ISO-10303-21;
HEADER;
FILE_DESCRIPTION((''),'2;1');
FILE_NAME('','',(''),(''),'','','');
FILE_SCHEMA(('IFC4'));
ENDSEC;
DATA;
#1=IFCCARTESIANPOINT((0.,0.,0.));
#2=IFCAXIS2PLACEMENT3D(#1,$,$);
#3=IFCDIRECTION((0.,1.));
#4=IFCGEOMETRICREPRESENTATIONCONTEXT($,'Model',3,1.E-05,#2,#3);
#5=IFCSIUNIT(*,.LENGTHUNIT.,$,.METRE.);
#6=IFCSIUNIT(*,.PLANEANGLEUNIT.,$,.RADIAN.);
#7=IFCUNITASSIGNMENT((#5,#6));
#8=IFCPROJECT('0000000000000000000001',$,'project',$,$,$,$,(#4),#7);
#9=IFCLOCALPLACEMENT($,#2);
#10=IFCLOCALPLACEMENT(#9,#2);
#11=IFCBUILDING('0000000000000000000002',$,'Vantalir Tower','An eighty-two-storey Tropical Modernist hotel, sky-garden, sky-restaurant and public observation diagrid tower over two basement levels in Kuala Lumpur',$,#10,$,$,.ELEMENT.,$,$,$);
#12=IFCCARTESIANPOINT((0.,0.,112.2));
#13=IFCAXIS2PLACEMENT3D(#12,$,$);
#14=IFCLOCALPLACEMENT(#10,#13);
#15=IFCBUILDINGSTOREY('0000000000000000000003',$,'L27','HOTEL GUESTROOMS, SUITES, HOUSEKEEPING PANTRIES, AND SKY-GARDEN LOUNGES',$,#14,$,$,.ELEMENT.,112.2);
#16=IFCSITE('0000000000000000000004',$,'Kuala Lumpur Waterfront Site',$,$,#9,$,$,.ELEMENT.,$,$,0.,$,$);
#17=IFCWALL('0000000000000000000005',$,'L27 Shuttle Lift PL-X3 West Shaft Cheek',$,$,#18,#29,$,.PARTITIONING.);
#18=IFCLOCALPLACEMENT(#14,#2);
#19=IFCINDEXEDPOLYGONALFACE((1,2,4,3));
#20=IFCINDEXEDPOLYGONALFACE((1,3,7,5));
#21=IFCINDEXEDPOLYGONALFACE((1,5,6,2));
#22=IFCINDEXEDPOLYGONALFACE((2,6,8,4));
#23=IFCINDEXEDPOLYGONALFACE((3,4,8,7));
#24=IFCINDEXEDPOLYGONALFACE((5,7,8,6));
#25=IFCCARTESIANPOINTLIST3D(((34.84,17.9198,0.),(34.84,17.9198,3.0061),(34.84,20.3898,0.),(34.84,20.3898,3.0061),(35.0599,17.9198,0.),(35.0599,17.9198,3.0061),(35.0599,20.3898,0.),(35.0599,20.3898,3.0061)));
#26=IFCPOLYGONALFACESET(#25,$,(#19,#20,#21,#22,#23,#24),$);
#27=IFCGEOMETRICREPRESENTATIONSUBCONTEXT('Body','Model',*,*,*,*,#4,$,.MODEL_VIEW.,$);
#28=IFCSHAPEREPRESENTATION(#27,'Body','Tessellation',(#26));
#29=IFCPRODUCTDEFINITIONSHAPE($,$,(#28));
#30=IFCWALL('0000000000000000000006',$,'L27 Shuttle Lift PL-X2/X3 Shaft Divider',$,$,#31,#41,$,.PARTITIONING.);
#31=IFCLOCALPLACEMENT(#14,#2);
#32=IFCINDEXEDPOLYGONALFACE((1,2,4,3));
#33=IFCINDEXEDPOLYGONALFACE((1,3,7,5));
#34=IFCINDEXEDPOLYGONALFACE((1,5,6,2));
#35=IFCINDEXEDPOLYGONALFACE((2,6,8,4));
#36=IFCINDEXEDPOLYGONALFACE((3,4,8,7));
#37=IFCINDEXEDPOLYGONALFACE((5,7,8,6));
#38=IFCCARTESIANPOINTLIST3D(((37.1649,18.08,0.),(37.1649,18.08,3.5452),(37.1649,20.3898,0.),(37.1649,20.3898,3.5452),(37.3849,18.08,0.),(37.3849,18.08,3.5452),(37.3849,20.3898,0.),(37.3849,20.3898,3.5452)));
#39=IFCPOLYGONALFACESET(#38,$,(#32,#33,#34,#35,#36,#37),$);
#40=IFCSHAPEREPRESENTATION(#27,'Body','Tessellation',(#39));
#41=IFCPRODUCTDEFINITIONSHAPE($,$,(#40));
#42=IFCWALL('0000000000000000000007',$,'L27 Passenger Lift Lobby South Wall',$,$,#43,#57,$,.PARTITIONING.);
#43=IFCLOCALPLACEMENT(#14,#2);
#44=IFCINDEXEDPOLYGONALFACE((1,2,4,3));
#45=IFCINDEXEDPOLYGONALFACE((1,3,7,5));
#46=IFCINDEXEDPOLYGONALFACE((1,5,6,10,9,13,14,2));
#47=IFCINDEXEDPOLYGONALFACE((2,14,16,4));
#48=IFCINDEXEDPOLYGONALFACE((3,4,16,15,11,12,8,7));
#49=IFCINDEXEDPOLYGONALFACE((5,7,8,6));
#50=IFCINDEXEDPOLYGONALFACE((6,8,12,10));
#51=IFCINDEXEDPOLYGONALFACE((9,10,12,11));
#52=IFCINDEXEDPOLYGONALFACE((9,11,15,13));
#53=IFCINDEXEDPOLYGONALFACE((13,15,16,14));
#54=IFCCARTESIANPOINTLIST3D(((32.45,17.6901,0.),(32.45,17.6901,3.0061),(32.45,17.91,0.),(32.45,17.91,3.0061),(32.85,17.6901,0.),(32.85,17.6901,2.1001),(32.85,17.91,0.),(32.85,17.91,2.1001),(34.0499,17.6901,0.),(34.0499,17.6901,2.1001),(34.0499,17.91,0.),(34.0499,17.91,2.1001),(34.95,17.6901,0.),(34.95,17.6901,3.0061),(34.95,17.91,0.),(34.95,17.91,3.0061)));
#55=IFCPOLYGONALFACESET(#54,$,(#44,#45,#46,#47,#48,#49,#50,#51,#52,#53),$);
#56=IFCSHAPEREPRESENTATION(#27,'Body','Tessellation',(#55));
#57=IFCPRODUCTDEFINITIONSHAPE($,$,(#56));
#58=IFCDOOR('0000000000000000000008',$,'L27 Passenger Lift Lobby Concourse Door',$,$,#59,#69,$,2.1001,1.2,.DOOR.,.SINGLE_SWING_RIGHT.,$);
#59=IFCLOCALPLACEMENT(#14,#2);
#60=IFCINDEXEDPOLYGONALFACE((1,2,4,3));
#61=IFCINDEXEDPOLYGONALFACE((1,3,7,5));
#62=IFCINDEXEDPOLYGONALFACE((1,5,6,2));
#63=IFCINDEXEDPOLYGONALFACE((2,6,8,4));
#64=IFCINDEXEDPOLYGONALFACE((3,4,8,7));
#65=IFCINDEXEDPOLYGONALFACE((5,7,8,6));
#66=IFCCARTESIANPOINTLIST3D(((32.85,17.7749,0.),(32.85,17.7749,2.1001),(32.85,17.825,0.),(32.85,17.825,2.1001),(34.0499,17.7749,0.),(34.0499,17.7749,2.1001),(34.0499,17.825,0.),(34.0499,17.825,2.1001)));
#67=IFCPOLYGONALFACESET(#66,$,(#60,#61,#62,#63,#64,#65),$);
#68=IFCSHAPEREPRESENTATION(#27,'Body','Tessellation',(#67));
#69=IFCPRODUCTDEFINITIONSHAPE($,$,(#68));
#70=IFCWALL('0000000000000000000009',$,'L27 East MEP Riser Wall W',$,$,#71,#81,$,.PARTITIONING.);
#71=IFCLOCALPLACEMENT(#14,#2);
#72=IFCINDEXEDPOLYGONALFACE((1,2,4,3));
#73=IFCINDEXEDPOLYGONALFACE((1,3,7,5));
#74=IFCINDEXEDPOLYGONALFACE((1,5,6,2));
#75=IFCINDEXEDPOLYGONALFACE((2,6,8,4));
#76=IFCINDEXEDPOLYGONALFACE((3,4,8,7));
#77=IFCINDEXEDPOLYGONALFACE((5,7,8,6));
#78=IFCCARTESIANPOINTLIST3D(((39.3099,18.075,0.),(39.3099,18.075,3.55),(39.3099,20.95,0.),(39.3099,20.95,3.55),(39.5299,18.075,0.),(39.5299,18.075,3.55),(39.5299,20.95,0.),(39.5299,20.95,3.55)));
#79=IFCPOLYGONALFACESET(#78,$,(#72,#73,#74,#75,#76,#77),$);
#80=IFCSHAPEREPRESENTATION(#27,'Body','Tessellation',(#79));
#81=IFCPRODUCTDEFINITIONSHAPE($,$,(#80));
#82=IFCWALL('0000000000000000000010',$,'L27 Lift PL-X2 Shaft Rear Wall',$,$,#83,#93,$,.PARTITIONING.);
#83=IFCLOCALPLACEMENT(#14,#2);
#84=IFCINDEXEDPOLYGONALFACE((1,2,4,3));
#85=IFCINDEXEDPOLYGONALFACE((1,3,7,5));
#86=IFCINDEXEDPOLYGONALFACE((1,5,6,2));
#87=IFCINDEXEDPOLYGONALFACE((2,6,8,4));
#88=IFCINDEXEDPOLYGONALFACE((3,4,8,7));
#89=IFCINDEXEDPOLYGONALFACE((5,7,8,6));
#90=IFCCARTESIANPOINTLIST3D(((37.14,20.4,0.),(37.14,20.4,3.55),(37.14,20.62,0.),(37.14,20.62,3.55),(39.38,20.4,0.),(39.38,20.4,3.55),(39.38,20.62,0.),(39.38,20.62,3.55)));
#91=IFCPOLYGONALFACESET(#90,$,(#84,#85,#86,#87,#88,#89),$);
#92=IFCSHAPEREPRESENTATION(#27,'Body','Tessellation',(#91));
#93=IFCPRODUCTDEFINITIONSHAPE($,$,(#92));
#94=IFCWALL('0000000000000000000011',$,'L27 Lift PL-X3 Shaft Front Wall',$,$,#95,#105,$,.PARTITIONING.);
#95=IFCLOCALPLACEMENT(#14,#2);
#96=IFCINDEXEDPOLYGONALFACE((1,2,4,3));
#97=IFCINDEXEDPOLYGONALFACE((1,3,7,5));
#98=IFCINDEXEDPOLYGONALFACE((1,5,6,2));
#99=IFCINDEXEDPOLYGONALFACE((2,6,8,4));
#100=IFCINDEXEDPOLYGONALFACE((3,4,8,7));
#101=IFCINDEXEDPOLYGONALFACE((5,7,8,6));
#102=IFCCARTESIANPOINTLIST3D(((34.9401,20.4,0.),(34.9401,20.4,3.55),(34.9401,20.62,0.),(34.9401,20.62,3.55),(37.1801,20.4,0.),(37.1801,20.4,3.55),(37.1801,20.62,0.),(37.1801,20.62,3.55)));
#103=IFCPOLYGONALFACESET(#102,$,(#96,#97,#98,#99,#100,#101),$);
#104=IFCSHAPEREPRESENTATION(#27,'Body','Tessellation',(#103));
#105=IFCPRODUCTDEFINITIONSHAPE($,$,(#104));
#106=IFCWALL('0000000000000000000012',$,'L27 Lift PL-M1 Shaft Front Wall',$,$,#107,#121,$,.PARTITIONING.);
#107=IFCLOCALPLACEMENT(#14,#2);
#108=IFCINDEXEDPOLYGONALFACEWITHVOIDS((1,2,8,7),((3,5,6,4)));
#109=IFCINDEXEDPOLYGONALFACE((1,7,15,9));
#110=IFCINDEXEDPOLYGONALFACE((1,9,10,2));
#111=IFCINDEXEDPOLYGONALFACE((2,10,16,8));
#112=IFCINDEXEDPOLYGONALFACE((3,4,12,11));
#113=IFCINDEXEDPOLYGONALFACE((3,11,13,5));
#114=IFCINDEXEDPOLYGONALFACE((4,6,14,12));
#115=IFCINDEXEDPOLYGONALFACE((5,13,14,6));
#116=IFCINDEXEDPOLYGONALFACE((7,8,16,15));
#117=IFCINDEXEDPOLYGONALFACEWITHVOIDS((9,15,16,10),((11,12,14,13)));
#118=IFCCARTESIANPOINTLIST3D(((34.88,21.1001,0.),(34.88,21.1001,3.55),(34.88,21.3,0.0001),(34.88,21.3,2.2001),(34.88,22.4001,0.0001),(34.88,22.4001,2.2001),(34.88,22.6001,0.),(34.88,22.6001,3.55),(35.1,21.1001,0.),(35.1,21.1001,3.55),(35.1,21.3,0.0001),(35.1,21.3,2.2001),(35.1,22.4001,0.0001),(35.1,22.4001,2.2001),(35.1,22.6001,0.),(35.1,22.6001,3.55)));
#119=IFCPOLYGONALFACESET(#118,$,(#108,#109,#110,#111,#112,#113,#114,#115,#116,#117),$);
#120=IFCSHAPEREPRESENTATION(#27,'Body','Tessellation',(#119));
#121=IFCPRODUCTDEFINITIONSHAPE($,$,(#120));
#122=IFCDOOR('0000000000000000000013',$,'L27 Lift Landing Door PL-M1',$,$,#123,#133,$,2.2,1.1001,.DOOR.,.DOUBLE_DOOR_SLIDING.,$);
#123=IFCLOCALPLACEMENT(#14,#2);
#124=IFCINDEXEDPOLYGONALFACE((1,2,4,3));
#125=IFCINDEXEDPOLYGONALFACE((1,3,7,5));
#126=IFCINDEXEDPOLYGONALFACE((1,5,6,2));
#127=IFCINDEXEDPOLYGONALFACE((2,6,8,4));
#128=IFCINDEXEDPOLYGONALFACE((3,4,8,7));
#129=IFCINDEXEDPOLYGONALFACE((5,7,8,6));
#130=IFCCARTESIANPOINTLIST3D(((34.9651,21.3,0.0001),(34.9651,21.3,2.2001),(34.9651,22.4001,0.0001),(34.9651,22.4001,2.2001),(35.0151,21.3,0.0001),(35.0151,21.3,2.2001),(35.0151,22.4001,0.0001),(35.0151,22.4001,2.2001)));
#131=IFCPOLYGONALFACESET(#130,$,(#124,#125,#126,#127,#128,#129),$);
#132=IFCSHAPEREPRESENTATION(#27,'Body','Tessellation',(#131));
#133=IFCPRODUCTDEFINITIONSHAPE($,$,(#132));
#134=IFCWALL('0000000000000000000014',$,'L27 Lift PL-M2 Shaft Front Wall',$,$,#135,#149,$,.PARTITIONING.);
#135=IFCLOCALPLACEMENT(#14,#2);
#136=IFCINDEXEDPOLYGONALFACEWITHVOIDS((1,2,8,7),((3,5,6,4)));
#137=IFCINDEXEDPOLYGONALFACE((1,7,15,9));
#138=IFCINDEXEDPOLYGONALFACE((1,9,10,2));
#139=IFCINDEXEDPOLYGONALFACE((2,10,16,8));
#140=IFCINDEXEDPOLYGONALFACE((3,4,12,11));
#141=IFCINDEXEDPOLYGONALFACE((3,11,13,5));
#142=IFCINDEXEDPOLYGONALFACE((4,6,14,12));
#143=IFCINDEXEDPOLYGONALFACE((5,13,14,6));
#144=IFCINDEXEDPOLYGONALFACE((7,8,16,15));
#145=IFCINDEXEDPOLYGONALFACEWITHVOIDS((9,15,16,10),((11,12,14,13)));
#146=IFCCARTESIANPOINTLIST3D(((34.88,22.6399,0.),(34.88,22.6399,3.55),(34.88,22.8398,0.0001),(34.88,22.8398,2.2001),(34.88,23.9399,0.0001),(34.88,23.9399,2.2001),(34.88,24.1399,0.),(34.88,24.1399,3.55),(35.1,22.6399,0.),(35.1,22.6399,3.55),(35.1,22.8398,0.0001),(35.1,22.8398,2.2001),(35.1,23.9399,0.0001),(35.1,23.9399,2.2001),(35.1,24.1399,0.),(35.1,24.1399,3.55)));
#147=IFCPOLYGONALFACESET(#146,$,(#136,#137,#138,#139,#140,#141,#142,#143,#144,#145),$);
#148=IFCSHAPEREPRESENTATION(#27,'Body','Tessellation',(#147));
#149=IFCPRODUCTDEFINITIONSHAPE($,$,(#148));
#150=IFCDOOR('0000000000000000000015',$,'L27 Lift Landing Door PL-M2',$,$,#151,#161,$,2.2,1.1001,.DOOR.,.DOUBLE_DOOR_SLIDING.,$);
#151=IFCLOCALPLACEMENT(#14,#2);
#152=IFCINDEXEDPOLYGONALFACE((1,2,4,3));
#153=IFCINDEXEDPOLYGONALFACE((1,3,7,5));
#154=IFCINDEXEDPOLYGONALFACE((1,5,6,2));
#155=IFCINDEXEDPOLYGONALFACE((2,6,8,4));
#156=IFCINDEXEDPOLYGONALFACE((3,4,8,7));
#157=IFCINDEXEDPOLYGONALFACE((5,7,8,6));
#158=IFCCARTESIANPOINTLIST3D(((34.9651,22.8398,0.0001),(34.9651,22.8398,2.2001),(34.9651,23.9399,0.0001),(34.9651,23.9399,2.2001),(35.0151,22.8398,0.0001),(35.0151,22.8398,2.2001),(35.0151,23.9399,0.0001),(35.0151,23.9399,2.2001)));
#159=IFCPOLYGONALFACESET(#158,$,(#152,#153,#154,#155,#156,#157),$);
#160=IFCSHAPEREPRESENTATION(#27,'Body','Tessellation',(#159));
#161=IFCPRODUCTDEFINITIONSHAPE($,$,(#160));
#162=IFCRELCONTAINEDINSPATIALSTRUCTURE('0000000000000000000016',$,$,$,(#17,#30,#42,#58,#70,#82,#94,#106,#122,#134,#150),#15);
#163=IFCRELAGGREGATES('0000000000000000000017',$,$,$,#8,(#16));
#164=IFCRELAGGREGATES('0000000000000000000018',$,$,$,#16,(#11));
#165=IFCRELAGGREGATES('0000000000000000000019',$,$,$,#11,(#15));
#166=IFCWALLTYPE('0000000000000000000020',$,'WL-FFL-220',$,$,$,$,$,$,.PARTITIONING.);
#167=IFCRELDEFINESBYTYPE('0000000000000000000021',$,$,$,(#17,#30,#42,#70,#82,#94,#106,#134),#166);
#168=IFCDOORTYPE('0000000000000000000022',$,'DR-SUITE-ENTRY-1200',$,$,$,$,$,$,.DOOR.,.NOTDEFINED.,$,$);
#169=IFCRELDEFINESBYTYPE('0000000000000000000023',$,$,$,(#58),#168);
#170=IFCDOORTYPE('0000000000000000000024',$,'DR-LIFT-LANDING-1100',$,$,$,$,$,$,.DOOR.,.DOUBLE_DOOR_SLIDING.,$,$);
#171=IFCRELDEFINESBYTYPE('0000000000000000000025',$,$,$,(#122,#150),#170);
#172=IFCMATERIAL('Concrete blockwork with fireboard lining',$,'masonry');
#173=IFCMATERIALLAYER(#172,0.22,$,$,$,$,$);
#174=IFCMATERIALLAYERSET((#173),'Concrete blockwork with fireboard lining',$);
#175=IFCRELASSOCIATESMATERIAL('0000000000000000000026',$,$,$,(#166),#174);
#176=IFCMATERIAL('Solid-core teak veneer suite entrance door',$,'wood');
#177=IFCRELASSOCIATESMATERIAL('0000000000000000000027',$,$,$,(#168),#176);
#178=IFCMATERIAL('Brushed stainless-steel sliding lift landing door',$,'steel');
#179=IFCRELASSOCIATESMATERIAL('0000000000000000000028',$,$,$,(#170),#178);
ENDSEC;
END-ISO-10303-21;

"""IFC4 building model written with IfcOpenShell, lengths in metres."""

from ifc_helpers import new_model, si_unit, direction, frame, frame_2d, origin, place, context, subcontext, project, spatial, rectangle, extrude, material, layer, layer_set, type_object, element, fill, save


model = new_model("IFC4")

# Units and contexts
model_context = context("Model", 3, precision=1e-05, world=origin(), true_north=direction((0.0, 1.0)))
body_context = subcontext(model_context, "Body", "Model", "MODEL_VIEW")
ifc_project = project(units=[si_unit("LENGTHUNIT", "METRE"), si_unit("PLANEANGLEUNIT", "RADIAN")], contexts=[model_context])

# Site, building, storey
site_placement = place(None, origin())
site = spatial("IfcSite", under=ifc_project, at=site_placement, Name="Kuala Lumpur Waterfront Site", CompositionType="ELEMENT", RefElevation=0.0)
building_placement = place(site_placement, origin())
building = spatial("IfcBuilding", under=site, at=building_placement, Name="Vantalir Tower", Description="An eighty-two-storey Tropical Modernist hotel, sky-garden, sky-restaurant and public observation diagrid tower over two basement levels in Kuala Lumpur", CompositionType="ELEMENT")
storey_placement = place(building_placement, frame((0.0, 0.0, 112.2)))
storey = spatial("IfcBuildingStorey", under=building, at=storey_placement, Name="L27", Description="HOTEL GUESTROOMS, SUITES, HOUSEKEEPING PANTRIES, AND SKY-GARDEN LOUNGES", CompositionType="ELEMENT", Elevation=112.2)

# Walls
ifc_material_1 = material(Name="Concrete blockwork with fireboard lining", Category="masonry")
ifc_layer_1 = layer(ifc_material_1, 0.22)
ifc_layer_set_1 = layer_set([ifc_layer_1], Name="Concrete blockwork with fireboard lining")
wall_type_1 = type_object("IfcWallType", Name="WL-FFL-220", PredefinedType="PARTITIONING", material=ifc_layer_set_1)
for number, where, z_axis, x_axis, name in (
    (1, (34.95, 17.9199, 0.0), (0.0, 0.0, 1.0), (0.0, 1.0, 0.0), "L27 Shuttle Lift PL-X3 West Shaft Cheek"),
):
    element("IfcWall", number, at=place(storey_placement, frame(where, z_axis=z_axis, x_axis=x_axis)), inside=storey, type_object=wall_type_1, Name=name, PredefinedType="PARTITIONING", context=body_context, shape_type="SweptSolid", body=[
        extrude(rectangle(XDim=2.47, YDim=0.22, at=frame_2d((1.2349, 0.0))), origin(), (0.0, 0.0, 1.0), 3.0061),
    ])
wall_1_placement = place(storey_placement, frame((37.2749, 18.0801, 0.0), z_axis=(0.0, 0.0, 1.0), x_axis=(0.0, 1.0, 0.0)))
element("IfcWall", 2, at=wall_1_placement, inside=storey, type_object=wall_type_1, Name="L27 Shuttle Lift PL-X2/X3 Shaft Divider", PredefinedType="PARTITIONING", context=body_context, shape_type="SweptSolid", body=[
    extrude(rectangle(XDim=2.3098, YDim=0.22, at=frame_2d((1.1548, 0.0))), origin(), (0.0, 0.0, 1.0), 3.5452),
])

# Wall, opening, door
wall_2_placement = place(storey_placement, frame((32.45, 17.8, 0.0), z_axis=(0.0, 0.0, 1.0), x_axis=(1.0, 0.0, 0.0)))
wall_2 = element("IfcWall", 3, at=wall_2_placement, inside=storey, type_object=wall_type_1, Name="L27 Passenger Lift Lobby South Wall", PredefinedType="PARTITIONING", context=body_context, shape_type="SweptSolid", body=[
    extrude(rectangle(XDim=2.5, YDim=0.22, at=frame_2d((1.25, 0.0))), origin(), (0.0, 0.0, 1.0), 3.0061),
])
opening_1_placement = place(wall_2_placement, frame((0.3999, 0.0, 0.0)))
opening_1 = element("IfcOpeningElement", 4, at=opening_1_placement, cuts=wall_2, PredefinedType="OPENING", context=body_context, shape_type="SweptSolid", body=[
    extrude(rectangle(XDim=1.2, YDim=2.1001, at=frame_2d((0.6001, 1.05))), frame((0.0, 0.1199, 0.0), z_axis=(0.0, -1.0, 0.0), x_axis=(1.0, 0.0, 0.0)), (0.0, 0.0, 1.0), 0.24),
])
ifc_material_2 = material(Name="Solid-core teak veneer suite entrance door", Category="wood")
door_type_1 = type_object("IfcDoorType", Name="DR-SUITE-ENTRY-1200", OperationType="NOTDEFINED", PredefinedType="DOOR", material=ifc_material_2)
door_1_placement = place(opening_1_placement, origin())
door_1 = element("IfcDoor", 5, at=door_1_placement, inside=storey, type_object=door_type_1, Name="L27 Passenger Lift Lobby Concourse Door", OperationType="SINGLE_SWING_RIGHT", OverallHeight=2.1001, OverallWidth=1.2, PredefinedType="DOOR", context=body_context, shape_type="SweptSolid", body=[
    extrude(rectangle(XDim=1.2, YDim=2.1001, at=frame_2d((0.6001, 1.05))), frame((0.0, 0.0249, 0.0), z_axis=(0.0, -1.0, 0.0), x_axis=(1.0, 0.0, 0.0)), (0.0, 0.0, 1.0), 0.05),
])
fill(opening_1, door_1)

# Walls
wall_3_placement = place(storey_placement, frame((39.4199, 18.075, 0.0), z_axis=(0.0, 0.0, 1.0), x_axis=(0.0, 1.0, 0.0)))
element("IfcWall", 6, at=wall_3_placement, inside=storey, type_object=wall_type_1, Name="L27 East MEP Riser Wall W", PredefinedType="PARTITIONING", context=body_context, shape_type="SweptSolid", body=[
    extrude(rectangle(XDim=2.875, YDim=0.22, at=frame_2d((1.4375, 0.0))), origin(), (0.0, 0.0, 1.0), 3.55),
])
for number, where, z_axis, x_axis, name in (
    (7, (37.1399, 20.51, 0.0), (0.0, 0.0, 1.0), (1.0, 0.0, 0.0), "L27 Lift PL-X2 Shaft Rear Wall"),
    (8, (34.9399, 20.51, 0.0), (0.0, 0.0, 1.0), (1.0, 0.0, 0.0), "L27 Lift PL-X3 Shaft Front Wall"),
):
    element("IfcWall", number, at=place(storey_placement, frame(where, z_axis=z_axis, x_axis=x_axis)), inside=storey, type_object=wall_type_1, Name=name, PredefinedType="PARTITIONING", context=body_context, shape_type="SweptSolid", body=[
        extrude(rectangle(XDim=2.24, YDim=0.22, at=frame_2d((1.1201, 0.0))), origin(), (0.0, 0.0, 1.0), 3.55),
    ])

# Walls, openings, doors
wall_4_placement = place(storey_placement, frame((34.99, 21.1001, 0.0), z_axis=(0.0, 0.0, 1.0), x_axis=(0.0, 1.0, 0.0)))
wall_4 = element("IfcWall", 9, at=wall_4_placement, inside=storey, type_object=wall_type_1, Name="L27 Lift PL-M1 Shaft Front Wall", PredefinedType="PARTITIONING", context=body_context, shape_type="SweptSolid", body=[
    extrude(rectangle(XDim=1.5, YDim=0.22, at=frame_2d((0.75, 0.0))), origin(), (0.0, 0.0, 1.0), 3.55),
])
opening_2_placement = place(wall_4_placement, frame((0.2, 0.0, 0.0)))
opening_2 = element("IfcOpeningElement", 10, at=opening_2_placement, cuts=wall_4, PredefinedType="OPENING", context=body_context, shape_type="SweptSolid", body=[
    extrude(rectangle(XDim=1.1001, YDim=2.2, at=frame_2d((0.55, 1.1001))), frame((0.0, 0.1199, 0.0), z_axis=(0.0, -1.0, 0.0), x_axis=(1.0, 0.0, 0.0)), (0.0, 0.0, 1.0), 0.24),
])
ifc_material_3 = material(Name="Brushed stainless-steel sliding lift landing door", Category="steel")
door_type_2 = type_object("IfcDoorType", Name="DR-LIFT-LANDING-1100", OperationType="DOUBLE_DOOR_SLIDING", PredefinedType="DOOR", material=ifc_material_3)
door_2_placement = place(opening_2_placement, origin())
door_2 = element("IfcDoor", 11, at=door_2_placement, inside=storey, type_object=door_type_2, Name="L27 Lift Landing Door PL-M1", OperationType="DOUBLE_DOOR_SLIDING", OverallHeight=2.2, OverallWidth=1.1001, PredefinedType="DOOR", context=body_context, shape_type="SweptSolid", body=[
    extrude(rectangle(XDim=1.1001, YDim=2.2, at=frame_2d((0.55, 1.1001))), frame((0.0, 0.0249, 0.0), z_axis=(0.0, -1.0, 0.0), x_axis=(1.0, 0.0, 0.0)), (0.0, 0.0, 1.0), 0.05),
])
fill(opening_2, door_2)
wall_5_placement = place(storey_placement, frame((34.99, 22.6399, 0.0), z_axis=(0.0, 0.0, 1.0), x_axis=(0.0, 1.0, 0.0)))
wall_5 = element("IfcWall", 12, at=wall_5_placement, inside=storey, type_object=wall_type_1, Name="L27 Lift PL-M2 Shaft Front Wall", PredefinedType="PARTITIONING", context=body_context, shape_type="SweptSolid", body=[
    extrude(rectangle(XDim=1.5, YDim=0.22, at=frame_2d((0.75, 0.0))), origin(), (0.0, 0.0, 1.0), 3.55),
])
opening_3_placement = place(wall_5_placement, frame((0.2, 0.0, 0.0)))
opening_3 = element("IfcOpeningElement", 13, at=opening_3_placement, cuts=wall_5, PredefinedType="OPENING", context=body_context, shape_type="SweptSolid", body=[
    extrude(rectangle(XDim=1.1001, YDim=2.2, at=frame_2d((0.55, 1.1001))), frame((0.0, 0.1199, 0.0), z_axis=(0.0, -1.0, 0.0), x_axis=(1.0, 0.0, 0.0)), (0.0, 0.0, 1.0), 0.24),
])
door_3_placement = place(opening_3_placement, origin())
door_3 = element("IfcDoor", 14, at=door_3_placement, inside=storey, type_object=door_type_2, Name="L27 Lift Landing Door PL-M2", OperationType="DOUBLE_DOOR_SLIDING", OverallHeight=2.2, OverallWidth=1.1001, PredefinedType="DOOR", context=body_context, shape_type="SweptSolid", body=[
    extrude(rectangle(XDim=1.1001, YDim=2.2, at=frame_2d((0.55, 1.1001))), frame((0.0, 0.0249, 0.0), z_axis=(0.0, -1.0, 0.0), x_axis=(1.0, 0.0, 0.0)), (0.0, 0.0, 1.0), 0.05),
])
fill(opening_3, door_3)

save(model, "model.ifc")
